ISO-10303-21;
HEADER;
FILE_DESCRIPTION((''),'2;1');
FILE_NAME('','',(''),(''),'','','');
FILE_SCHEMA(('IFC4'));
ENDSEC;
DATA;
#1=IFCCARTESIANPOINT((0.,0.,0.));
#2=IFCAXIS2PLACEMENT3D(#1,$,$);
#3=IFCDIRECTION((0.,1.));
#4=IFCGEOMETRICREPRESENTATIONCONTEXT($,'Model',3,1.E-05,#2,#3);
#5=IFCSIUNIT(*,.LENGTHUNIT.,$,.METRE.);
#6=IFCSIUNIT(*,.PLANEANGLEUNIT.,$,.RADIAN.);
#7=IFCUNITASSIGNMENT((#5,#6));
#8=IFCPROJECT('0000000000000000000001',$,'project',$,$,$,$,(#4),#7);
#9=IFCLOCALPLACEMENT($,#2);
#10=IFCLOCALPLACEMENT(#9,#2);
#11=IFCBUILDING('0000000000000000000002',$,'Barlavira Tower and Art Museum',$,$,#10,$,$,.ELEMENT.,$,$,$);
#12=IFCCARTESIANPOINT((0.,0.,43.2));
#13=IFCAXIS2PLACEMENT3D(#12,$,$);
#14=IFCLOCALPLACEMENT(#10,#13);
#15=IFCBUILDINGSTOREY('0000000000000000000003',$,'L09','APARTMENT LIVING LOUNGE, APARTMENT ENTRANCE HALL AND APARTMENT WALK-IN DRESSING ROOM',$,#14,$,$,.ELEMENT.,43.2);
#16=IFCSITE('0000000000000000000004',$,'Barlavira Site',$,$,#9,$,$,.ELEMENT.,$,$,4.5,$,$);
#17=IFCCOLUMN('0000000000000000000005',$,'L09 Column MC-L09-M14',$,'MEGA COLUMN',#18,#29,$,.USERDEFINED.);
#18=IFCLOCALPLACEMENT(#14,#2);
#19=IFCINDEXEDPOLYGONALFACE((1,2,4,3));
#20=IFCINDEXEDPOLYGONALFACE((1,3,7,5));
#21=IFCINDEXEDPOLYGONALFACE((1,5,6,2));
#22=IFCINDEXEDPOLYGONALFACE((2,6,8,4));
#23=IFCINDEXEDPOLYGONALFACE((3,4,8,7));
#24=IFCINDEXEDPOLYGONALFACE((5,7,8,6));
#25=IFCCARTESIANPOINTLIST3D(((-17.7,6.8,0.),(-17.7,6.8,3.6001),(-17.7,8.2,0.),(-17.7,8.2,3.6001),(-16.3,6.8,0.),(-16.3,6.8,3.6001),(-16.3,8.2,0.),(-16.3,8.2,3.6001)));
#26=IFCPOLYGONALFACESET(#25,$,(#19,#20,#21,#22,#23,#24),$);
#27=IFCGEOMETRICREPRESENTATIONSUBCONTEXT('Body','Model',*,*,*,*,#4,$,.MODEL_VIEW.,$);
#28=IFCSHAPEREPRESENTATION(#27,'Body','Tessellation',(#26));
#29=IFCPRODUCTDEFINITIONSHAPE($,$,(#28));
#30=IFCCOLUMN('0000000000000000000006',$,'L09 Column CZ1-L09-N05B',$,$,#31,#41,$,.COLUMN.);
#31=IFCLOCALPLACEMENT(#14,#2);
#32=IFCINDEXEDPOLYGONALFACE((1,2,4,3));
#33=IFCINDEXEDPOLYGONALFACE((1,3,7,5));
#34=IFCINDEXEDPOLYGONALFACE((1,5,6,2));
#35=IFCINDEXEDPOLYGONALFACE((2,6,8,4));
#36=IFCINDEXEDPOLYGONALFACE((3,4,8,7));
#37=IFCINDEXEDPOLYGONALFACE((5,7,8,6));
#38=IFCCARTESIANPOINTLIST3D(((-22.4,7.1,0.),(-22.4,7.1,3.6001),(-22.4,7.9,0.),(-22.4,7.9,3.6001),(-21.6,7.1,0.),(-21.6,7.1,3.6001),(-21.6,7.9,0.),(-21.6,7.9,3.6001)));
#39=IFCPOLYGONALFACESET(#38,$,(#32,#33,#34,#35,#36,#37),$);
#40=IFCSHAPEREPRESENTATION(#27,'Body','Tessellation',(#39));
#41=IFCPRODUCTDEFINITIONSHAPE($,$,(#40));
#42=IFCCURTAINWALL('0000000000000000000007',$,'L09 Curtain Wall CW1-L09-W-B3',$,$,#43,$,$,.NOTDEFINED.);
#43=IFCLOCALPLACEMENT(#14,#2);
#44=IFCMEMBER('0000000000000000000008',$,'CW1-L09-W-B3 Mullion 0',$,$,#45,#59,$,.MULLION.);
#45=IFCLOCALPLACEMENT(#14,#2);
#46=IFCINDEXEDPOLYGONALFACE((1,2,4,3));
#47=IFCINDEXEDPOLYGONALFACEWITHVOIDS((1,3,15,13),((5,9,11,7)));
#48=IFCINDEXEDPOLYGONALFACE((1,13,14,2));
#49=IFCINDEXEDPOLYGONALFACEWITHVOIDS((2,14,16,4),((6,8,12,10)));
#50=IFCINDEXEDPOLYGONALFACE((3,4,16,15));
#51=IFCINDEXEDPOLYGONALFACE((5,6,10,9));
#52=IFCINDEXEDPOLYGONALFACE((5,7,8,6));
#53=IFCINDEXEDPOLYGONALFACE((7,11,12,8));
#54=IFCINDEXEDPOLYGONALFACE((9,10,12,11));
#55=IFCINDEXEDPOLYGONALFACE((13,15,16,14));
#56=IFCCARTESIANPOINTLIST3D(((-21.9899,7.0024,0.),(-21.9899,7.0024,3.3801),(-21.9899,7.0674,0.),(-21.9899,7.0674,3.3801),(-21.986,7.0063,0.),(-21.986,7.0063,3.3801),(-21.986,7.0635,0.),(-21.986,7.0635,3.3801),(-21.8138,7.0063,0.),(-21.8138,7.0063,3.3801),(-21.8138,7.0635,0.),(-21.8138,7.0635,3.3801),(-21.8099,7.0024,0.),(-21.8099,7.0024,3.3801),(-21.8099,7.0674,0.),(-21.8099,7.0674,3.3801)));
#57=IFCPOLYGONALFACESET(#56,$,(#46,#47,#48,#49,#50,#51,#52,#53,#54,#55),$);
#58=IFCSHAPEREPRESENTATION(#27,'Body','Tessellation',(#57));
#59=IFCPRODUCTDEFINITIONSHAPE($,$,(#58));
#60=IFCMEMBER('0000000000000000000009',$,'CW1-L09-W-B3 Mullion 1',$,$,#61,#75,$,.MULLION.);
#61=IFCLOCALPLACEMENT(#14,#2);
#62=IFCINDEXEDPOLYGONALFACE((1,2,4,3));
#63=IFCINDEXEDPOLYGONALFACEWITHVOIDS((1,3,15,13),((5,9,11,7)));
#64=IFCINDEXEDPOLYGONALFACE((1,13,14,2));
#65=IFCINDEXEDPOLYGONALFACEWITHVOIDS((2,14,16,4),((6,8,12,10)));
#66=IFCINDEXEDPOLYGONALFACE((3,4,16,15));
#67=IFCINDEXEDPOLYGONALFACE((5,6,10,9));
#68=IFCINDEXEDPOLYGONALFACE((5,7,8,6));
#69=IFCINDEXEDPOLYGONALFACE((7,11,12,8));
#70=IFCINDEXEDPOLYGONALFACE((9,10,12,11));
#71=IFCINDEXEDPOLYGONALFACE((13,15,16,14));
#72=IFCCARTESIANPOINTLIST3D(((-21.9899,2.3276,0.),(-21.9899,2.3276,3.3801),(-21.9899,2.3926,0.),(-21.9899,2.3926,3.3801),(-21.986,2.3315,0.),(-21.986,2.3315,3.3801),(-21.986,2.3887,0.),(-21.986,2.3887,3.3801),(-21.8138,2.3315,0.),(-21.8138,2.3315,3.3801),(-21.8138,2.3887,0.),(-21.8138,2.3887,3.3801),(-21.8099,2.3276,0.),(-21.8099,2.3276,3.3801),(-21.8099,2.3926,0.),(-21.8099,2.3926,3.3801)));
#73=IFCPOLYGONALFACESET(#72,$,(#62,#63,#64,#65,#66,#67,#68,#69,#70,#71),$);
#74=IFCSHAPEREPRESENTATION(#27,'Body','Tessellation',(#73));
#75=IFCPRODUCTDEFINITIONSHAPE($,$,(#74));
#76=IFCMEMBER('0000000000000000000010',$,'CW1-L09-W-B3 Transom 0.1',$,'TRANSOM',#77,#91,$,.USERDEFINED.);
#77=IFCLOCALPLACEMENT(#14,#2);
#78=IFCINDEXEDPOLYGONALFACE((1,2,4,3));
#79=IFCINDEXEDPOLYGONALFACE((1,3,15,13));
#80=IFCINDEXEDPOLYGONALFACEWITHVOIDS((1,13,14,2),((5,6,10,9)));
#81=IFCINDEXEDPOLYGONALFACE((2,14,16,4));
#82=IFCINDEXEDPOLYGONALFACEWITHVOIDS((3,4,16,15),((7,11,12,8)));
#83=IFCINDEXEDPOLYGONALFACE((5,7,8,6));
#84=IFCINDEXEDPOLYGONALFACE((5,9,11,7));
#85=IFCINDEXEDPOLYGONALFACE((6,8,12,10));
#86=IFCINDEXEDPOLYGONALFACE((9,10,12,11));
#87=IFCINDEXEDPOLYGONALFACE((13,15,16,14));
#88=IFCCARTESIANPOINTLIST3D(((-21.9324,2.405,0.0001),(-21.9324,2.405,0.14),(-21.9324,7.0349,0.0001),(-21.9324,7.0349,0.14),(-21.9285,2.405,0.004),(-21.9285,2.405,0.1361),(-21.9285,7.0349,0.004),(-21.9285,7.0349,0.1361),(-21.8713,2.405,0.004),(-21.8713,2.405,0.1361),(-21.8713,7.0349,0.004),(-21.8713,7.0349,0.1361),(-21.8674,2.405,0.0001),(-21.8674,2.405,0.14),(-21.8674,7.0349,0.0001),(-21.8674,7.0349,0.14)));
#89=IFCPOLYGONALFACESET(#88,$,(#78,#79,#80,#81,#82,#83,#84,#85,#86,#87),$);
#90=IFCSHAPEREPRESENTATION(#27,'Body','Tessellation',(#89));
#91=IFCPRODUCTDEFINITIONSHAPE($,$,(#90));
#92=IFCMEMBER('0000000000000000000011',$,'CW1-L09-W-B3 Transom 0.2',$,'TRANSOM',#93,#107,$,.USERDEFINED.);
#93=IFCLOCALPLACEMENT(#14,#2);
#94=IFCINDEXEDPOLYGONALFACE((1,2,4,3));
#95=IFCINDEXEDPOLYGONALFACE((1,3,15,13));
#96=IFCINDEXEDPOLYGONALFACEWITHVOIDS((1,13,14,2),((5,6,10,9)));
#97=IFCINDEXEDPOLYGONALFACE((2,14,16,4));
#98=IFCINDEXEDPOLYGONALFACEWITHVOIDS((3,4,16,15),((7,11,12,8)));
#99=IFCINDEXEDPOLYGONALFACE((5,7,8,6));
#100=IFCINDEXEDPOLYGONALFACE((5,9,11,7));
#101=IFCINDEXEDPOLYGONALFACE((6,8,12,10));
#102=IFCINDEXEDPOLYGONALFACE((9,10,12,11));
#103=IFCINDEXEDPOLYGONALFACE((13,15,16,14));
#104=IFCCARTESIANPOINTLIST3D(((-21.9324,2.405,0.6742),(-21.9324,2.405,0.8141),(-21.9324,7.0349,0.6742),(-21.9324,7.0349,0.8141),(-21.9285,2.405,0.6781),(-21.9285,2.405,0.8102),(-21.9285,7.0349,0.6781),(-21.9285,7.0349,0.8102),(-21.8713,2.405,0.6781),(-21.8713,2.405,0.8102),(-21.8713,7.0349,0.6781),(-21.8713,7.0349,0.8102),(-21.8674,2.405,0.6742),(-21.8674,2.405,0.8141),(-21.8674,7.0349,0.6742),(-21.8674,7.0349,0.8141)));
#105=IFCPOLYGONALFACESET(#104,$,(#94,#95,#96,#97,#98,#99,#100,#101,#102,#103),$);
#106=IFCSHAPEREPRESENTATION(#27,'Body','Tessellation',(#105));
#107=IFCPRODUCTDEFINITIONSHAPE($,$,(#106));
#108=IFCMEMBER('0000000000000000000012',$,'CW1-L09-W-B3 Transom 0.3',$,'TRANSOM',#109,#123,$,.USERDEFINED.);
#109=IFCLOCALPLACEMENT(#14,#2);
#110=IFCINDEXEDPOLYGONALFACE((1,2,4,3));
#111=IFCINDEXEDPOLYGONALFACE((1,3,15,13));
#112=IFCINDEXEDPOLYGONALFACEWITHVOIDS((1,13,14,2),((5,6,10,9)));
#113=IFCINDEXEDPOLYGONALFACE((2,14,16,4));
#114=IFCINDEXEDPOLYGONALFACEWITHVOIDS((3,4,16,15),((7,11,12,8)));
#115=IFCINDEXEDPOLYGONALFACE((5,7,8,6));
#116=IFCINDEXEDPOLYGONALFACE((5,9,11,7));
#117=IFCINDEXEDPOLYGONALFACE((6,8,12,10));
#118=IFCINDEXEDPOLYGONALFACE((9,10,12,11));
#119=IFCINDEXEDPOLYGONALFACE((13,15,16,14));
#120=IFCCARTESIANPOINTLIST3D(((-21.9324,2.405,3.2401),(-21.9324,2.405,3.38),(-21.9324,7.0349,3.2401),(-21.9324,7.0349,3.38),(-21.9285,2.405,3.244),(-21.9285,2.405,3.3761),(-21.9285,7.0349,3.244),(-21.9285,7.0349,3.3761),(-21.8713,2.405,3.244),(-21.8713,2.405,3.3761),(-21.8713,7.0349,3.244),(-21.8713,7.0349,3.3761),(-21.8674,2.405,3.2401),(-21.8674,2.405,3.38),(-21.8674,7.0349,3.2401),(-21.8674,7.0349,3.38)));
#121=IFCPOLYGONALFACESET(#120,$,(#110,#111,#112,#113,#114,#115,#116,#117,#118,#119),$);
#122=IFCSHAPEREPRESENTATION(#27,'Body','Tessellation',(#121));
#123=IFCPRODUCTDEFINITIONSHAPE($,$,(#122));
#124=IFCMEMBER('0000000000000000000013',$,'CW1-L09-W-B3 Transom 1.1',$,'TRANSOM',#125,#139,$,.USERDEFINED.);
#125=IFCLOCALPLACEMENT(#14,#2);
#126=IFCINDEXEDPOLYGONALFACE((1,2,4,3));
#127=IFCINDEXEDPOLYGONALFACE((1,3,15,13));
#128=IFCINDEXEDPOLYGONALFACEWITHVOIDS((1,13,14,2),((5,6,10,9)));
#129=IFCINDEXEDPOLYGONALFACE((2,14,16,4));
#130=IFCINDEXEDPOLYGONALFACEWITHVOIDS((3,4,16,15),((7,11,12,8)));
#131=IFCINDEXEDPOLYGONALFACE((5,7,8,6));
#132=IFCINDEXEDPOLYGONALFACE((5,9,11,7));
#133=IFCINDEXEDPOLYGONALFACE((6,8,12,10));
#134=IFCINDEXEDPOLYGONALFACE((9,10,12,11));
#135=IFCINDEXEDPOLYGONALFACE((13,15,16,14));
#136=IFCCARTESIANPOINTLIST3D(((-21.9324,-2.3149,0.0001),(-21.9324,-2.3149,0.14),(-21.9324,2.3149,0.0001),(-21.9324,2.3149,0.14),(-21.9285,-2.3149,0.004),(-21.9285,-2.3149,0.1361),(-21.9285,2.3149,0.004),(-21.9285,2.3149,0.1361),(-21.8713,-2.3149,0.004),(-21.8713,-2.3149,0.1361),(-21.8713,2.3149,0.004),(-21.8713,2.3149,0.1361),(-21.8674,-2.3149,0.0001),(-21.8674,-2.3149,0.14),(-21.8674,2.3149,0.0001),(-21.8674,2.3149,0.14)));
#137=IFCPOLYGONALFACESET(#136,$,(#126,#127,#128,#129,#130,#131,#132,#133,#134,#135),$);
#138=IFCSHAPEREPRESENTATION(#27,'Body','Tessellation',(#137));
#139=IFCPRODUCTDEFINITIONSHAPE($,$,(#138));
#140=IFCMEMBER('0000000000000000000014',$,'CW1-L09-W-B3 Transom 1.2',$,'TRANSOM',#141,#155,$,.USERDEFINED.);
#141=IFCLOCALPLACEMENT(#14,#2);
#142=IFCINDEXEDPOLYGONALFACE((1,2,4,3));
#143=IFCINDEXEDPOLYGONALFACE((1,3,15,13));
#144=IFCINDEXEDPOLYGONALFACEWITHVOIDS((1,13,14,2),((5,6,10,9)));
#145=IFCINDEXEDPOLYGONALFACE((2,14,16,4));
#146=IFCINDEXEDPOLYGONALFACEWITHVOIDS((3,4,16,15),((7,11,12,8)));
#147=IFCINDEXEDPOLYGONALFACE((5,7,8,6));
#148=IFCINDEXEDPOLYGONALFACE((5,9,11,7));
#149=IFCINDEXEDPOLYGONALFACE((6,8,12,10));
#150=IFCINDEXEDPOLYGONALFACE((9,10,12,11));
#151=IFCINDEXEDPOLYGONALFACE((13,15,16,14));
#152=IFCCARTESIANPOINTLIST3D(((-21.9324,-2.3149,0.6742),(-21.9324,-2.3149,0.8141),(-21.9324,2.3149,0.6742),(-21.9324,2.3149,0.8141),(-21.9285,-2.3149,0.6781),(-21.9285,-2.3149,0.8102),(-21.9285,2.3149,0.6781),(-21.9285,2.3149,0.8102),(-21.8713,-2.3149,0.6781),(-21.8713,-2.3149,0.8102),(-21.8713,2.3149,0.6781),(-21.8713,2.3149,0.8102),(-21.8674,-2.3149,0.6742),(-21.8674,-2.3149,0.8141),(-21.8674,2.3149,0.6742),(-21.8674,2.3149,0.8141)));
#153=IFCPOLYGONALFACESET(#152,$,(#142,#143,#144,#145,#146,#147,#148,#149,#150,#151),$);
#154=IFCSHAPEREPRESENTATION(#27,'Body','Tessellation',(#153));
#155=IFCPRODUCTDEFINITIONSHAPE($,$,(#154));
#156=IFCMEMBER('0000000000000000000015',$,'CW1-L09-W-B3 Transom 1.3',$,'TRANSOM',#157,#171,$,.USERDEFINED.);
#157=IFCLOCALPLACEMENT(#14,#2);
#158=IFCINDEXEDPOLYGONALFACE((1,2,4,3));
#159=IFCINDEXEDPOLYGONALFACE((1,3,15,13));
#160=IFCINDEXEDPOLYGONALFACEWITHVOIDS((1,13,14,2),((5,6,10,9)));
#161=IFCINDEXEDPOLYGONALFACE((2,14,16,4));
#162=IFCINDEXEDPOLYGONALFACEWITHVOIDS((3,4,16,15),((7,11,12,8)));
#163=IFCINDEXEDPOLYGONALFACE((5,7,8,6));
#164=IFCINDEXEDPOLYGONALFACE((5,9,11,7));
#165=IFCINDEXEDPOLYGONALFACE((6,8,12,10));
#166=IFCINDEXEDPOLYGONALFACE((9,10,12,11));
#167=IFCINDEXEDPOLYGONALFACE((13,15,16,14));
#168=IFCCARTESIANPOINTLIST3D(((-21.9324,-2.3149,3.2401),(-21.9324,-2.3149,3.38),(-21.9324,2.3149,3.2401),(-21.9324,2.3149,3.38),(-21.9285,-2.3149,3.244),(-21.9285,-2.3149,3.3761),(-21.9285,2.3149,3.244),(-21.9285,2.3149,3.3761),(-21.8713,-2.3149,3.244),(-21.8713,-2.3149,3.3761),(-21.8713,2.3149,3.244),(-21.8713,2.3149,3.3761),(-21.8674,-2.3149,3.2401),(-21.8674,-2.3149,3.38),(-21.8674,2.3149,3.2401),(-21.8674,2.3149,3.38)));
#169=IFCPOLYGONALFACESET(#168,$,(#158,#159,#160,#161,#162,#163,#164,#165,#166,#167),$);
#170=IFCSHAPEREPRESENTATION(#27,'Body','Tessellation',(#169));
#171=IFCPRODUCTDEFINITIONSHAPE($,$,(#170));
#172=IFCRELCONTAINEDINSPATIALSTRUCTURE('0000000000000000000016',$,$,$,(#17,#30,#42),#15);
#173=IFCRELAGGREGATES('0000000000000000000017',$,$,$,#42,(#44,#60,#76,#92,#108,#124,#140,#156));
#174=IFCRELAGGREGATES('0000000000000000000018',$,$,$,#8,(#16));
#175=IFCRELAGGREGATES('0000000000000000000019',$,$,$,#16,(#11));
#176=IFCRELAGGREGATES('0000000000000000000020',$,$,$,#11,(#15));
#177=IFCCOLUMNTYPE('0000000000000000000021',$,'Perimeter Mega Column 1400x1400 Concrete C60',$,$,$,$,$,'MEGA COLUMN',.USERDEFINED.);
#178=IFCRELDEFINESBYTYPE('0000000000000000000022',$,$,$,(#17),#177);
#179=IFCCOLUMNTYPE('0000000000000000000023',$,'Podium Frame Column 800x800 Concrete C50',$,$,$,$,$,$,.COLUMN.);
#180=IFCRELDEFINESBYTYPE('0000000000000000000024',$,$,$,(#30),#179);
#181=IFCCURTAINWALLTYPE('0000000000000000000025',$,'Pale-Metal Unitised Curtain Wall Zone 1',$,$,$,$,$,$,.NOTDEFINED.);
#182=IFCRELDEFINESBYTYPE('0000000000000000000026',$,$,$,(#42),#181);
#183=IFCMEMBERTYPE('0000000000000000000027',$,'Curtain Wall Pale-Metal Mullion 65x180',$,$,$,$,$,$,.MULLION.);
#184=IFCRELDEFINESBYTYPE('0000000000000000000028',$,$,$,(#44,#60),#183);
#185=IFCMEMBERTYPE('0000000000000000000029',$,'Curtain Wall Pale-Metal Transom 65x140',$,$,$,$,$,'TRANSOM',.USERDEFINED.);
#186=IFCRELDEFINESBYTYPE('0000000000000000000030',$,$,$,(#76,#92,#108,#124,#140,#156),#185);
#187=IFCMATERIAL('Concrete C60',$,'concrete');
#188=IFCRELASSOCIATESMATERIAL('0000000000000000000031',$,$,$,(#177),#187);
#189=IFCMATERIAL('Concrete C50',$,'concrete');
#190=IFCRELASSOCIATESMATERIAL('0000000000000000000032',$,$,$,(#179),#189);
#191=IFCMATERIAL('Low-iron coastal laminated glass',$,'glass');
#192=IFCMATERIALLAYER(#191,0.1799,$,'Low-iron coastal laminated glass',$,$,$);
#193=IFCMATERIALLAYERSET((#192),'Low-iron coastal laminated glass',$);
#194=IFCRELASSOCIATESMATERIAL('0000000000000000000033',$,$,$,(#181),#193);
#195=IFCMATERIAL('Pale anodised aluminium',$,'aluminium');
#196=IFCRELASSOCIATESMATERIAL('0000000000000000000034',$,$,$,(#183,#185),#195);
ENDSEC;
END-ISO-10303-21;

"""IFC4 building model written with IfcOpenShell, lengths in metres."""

from ifc_helpers import new_model, si_unit, direction, frame, origin, origin_2d, place, context, subcontext, project, spatial, rectangle, hollow_rectangle, extrude, material, layer, layer_set, material_profile, profile_set, type_object, element, aggregate, save


model = new_model("IFC4")

# Units and contexts
model_context = context("Model", 3, precision=1e-05, world=origin(), true_north=direction((0.0, 1.0)))
body_context = subcontext(model_context, "Body", "Model", "MODEL_VIEW")
ifc_project = project(units=[si_unit("LENGTHUNIT", "METRE"), si_unit("PLANEANGLEUNIT", "RADIAN")], contexts=[model_context])

# Site, building, storey
site_placement = place(None, origin())
site = spatial("IfcSite", under=ifc_project, at=site_placement, Name="Barlavira Site", CompositionType="ELEMENT", RefElevation=4.5)
building_placement = place(site_placement, origin())
building = spatial("IfcBuilding", under=site, at=building_placement, Name="Barlavira Tower and Art Museum", CompositionType="ELEMENT")
storey_placement = place(building_placement, frame((0.0, 0.0, 43.2)))
storey = spatial("IfcBuildingStorey", under=building, at=storey_placement, Name="L09", Description="APARTMENT LIVING LOUNGE, APARTMENT ENTRANCE HALL AND APARTMENT WALK-IN DRESSING ROOM", CompositionType="ELEMENT", Elevation=43.2)

# Columns
ifc_material_1 = material(Name="Concrete C60", Category="concrete")
ifc_material_profile_1 = material_profile(ifc_material_1, rectangle(XDim=1.3999, YDim=1.3999, at=origin_2d()), Name="RC-MCOL 1400x1400")
ifc_profile_set_1 = profile_set([ifc_material_profile_1], Name="Concrete C60")
column_type_1 = type_object("IfcColumnType", Name="Perimeter Mega Column 1400x1400 Concrete C60", ElementType="MEGA COLUMN", PredefinedType="USERDEFINED", material=ifc_profile_set_1)
column_1_placement = place(storey_placement, frame((-17.0, 7.5, 0.0), z_axis=(0.0, 0.0, 1.0), x_axis=(1.0, 0.0, 0.0)))
element("IfcColumn", 1, at=column_1_placement, inside=storey, type_object=column_type_1, Name="L09 Column MC-L09-M14", ObjectType="MEGA COLUMN", PredefinedType="USERDEFINED", context=body_context, shape_type="SweptSolid", body=[
    extrude(rectangle(XDim=1.3999, YDim=1.3999, at=origin_2d()), origin(), (0.0, 0.0, 1.0), 3.6001),
])
ifc_material_2 = material(Name="Concrete C50", Category="concrete")
ifc_material_profile_2 = material_profile(ifc_material_2, rectangle(XDim=0.8, YDim=0.8, at=origin_2d()), Name="RC-COL 800x800")
ifc_profile_set_2 = profile_set([ifc_material_profile_2], Name="Concrete C50")
column_type_2 = type_object("IfcColumnType", Name="Podium Frame Column 800x800 Concrete C50", PredefinedType="COLUMN", material=ifc_profile_set_2)
column_2_placement = place(storey_placement, frame((-22.0, 7.5, 0.0), z_axis=(0.0, 0.0, 1.0), x_axis=(1.0, 0.0, 0.0)))
element("IfcColumn", 2, at=column_2_placement, inside=storey, type_object=column_type_2, Name="L09 Column CZ1-L09-N05B", PredefinedType="COLUMN", context=body_context, shape_type="SweptSolid", body=[
    extrude(rectangle(XDim=0.8, YDim=0.8, at=origin_2d()), origin(), (0.0, 0.0, 1.0), 3.6001),
])

# Curtain wall, members
ifc_material_3 = material(Name="Low-iron coastal laminated glass", Category="glass")
ifc_layer_1 = layer(ifc_material_3, 0.1799, Name="Low-iron coastal laminated glass")
ifc_layer_set_1 = layer_set([ifc_layer_1], Name="Low-iron coastal laminated glass")
curtain_wall_type = type_object("IfcCurtainWallType", Name="Pale-Metal Unitised Curtain Wall Zone 1", PredefinedType="NOTDEFINED", material=ifc_layer_set_1)
curtain_wall_placement = place(storey_placement, origin())
curtain_wall = element("IfcCurtainWall", 3, at=curtain_wall_placement, inside=storey, type_object=curtain_wall_type, Name="L09 Curtain Wall CW1-L09-W-B3", PredefinedType="NOTDEFINED")
ifc_material_4 = material(Name="Pale anodised aluminium", Category="aluminium")
ifc_material_profile_3 = material_profile(ifc_material_4, hollow_rectangle(XDim=0.0649, YDim=0.1799, WallThickness=0.0039, at=origin_2d()), Name="ALU-MULL 65x180x4")
ifc_profile_set_3 = profile_set([ifc_material_profile_3], Name="Pale anodised aluminium")
member_type_1 = type_object("IfcMemberType", Name="Curtain Wall Pale-Metal Mullion 65x180", PredefinedType="MULLION", material=ifc_profile_set_3)
member_1_placement = place(storey_placement, frame((-21.8999, 7.0349, 0.0), z_axis=(0.0, 0.0, 1.0), x_axis=(0.0, -1.0, 0.0)))
member_1 = element("IfcMember", 4, at=member_1_placement, type_object=member_type_1, Name="CW1-L09-W-B3 Mullion 0", PredefinedType="MULLION", context=body_context, shape_type="SweptSolid", body=[
    extrude(hollow_rectangle(XDim=0.0649, YDim=0.1799, WallThickness=0.0039, at=origin_2d()), origin(), (0.0, 0.0, 1.0), 3.3801),
])
member_2_placement = place(storey_placement, frame((-21.8999, 2.3601, 0.0), z_axis=(0.0, 0.0, 1.0), x_axis=(0.0, -1.0, 0.0)))
member_2 = element("IfcMember", 5, at=member_2_placement, type_object=member_type_1, Name="CW1-L09-W-B3 Mullion 1", PredefinedType="MULLION", context=body_context, shape_type="SweptSolid", body=[
    extrude(hollow_rectangle(XDim=0.0649, YDim=0.1799, WallThickness=0.0039, at=origin_2d()), origin(), (0.0, 0.0, 1.0), 3.3801),
])
ifc_material_profile_4 = material_profile(ifc_material_4, hollow_rectangle(XDim=0.0649, YDim=0.1399, WallThickness=0.0039, at=origin_2d()), Name="ALU-TRAN 65x140x4")
ifc_profile_set_4 = profile_set([ifc_material_profile_4], Name="Pale anodised aluminium")
member_type_2 = type_object("IfcMemberType", Name="Curtain Wall Pale-Metal Transom 65x140", ElementType="TRANSOM", PredefinedType="USERDEFINED", material=ifc_profile_set_4)
member_3_placement = place(storey_placement, frame((-21.8999, 7.0349, 0.0701), z_axis=(0.0, -1.0, 0.0), x_axis=(1.0, 0.0, 0.0)))
member_3 = element("IfcMember", 6, at=member_3_placement, type_object=member_type_2, Name="CW1-L09-W-B3 Transom 0.1", ObjectType="TRANSOM", PredefinedType="USERDEFINED", context=body_context, shape_type="SweptSolid", body=[
    extrude(hollow_rectangle(XDim=0.0649, YDim=0.1399, WallThickness=0.0039, at=origin_2d()), origin(), (0.0, 0.0, 1.0), 4.6299),
])
member_4_placement = place(storey_placement, frame((-21.8999, 7.0349, 0.7441), z_axis=(0.0, -1.0, 0.0), x_axis=(1.0, 0.0, 0.0)))
member_4 = element("IfcMember", 7, at=member_4_placement, type_object=member_type_2, Name="CW1-L09-W-B3 Transom 0.2", ObjectType="TRANSOM", PredefinedType="USERDEFINED", context=body_context, shape_type="SweptSolid", body=[
    extrude(hollow_rectangle(XDim=0.0649, YDim=0.1399, WallThickness=0.0039, at=origin_2d()), origin(), (0.0, 0.0, 1.0), 4.6299),
])
member_5_placement = place(storey_placement, frame((-21.8999, 7.0349, 3.3101), z_axis=(0.0, -1.0, 0.0), x_axis=(1.0, 0.0, 0.0)))
member_5 = element("IfcMember", 8, at=member_5_placement, type_object=member_type_2, Name="CW1-L09-W-B3 Transom 0.3", ObjectType="TRANSOM", PredefinedType="USERDEFINED", context=body_context, shape_type="SweptSolid", body=[
    extrude(hollow_rectangle(XDim=0.0649, YDim=0.1399, WallThickness=0.0039, at=origin_2d()), origin(), (0.0, 0.0, 1.0), 4.6299),
])
member_6_placement = place(storey_placement, frame((-21.8999, 2.3149, 0.0701), z_axis=(0.0, -1.0, 0.0), x_axis=(1.0, 0.0, 0.0)))
member_6 = element("IfcMember", 9, at=member_6_placement, type_object=member_type_2, Name="CW1-L09-W-B3 Transom 1.1", ObjectType="TRANSOM", PredefinedType="USERDEFINED", context=body_context, shape_type="SweptSolid", body=[
    extrude(hollow_rectangle(XDim=0.0649, YDim=0.1399, WallThickness=0.0039, at=origin_2d()), origin(), (0.0, 0.0, 1.0), 4.6299),
])
member_7_placement = place(storey_placement, frame((-21.8999, 2.3149, 0.7441), z_axis=(0.0, -1.0, 0.0), x_axis=(1.0, 0.0, 0.0)))
member_7 = element("IfcMember", 10, at=member_7_placement, type_object=member_type_2, Name="CW1-L09-W-B3 Transom 1.2", ObjectType="TRANSOM", PredefinedType="USERDEFINED", context=body_context, shape_type="SweptSolid", body=[
    extrude(hollow_rectangle(XDim=0.0649, YDim=0.1399, WallThickness=0.0039, at=origin_2d()), origin(), (0.0, 0.0, 1.0), 4.6299),
])
member_8_placement = place(storey_placement, frame((-21.8999, 2.3149, 3.3101), z_axis=(0.0, -1.0, 0.0), x_axis=(1.0, 0.0, 0.0)))
member_8 = element("IfcMember", 11, at=member_8_placement, type_object=member_type_2, Name="CW1-L09-W-B3 Transom 1.3", ObjectType="TRANSOM", PredefinedType="USERDEFINED", context=body_context, shape_type="SweptSolid", body=[
    extrude(hollow_rectangle(XDim=0.0649, YDim=0.1399, WallThickness=0.0039, at=origin_2d()), origin(), (0.0, 0.0, 1.0), 4.6299),
])

aggregate(curtain_wall, [member_1, member_2, member_3, member_4, member_5, member_6, member_7, member_8])

save(model, "model.ifc")
